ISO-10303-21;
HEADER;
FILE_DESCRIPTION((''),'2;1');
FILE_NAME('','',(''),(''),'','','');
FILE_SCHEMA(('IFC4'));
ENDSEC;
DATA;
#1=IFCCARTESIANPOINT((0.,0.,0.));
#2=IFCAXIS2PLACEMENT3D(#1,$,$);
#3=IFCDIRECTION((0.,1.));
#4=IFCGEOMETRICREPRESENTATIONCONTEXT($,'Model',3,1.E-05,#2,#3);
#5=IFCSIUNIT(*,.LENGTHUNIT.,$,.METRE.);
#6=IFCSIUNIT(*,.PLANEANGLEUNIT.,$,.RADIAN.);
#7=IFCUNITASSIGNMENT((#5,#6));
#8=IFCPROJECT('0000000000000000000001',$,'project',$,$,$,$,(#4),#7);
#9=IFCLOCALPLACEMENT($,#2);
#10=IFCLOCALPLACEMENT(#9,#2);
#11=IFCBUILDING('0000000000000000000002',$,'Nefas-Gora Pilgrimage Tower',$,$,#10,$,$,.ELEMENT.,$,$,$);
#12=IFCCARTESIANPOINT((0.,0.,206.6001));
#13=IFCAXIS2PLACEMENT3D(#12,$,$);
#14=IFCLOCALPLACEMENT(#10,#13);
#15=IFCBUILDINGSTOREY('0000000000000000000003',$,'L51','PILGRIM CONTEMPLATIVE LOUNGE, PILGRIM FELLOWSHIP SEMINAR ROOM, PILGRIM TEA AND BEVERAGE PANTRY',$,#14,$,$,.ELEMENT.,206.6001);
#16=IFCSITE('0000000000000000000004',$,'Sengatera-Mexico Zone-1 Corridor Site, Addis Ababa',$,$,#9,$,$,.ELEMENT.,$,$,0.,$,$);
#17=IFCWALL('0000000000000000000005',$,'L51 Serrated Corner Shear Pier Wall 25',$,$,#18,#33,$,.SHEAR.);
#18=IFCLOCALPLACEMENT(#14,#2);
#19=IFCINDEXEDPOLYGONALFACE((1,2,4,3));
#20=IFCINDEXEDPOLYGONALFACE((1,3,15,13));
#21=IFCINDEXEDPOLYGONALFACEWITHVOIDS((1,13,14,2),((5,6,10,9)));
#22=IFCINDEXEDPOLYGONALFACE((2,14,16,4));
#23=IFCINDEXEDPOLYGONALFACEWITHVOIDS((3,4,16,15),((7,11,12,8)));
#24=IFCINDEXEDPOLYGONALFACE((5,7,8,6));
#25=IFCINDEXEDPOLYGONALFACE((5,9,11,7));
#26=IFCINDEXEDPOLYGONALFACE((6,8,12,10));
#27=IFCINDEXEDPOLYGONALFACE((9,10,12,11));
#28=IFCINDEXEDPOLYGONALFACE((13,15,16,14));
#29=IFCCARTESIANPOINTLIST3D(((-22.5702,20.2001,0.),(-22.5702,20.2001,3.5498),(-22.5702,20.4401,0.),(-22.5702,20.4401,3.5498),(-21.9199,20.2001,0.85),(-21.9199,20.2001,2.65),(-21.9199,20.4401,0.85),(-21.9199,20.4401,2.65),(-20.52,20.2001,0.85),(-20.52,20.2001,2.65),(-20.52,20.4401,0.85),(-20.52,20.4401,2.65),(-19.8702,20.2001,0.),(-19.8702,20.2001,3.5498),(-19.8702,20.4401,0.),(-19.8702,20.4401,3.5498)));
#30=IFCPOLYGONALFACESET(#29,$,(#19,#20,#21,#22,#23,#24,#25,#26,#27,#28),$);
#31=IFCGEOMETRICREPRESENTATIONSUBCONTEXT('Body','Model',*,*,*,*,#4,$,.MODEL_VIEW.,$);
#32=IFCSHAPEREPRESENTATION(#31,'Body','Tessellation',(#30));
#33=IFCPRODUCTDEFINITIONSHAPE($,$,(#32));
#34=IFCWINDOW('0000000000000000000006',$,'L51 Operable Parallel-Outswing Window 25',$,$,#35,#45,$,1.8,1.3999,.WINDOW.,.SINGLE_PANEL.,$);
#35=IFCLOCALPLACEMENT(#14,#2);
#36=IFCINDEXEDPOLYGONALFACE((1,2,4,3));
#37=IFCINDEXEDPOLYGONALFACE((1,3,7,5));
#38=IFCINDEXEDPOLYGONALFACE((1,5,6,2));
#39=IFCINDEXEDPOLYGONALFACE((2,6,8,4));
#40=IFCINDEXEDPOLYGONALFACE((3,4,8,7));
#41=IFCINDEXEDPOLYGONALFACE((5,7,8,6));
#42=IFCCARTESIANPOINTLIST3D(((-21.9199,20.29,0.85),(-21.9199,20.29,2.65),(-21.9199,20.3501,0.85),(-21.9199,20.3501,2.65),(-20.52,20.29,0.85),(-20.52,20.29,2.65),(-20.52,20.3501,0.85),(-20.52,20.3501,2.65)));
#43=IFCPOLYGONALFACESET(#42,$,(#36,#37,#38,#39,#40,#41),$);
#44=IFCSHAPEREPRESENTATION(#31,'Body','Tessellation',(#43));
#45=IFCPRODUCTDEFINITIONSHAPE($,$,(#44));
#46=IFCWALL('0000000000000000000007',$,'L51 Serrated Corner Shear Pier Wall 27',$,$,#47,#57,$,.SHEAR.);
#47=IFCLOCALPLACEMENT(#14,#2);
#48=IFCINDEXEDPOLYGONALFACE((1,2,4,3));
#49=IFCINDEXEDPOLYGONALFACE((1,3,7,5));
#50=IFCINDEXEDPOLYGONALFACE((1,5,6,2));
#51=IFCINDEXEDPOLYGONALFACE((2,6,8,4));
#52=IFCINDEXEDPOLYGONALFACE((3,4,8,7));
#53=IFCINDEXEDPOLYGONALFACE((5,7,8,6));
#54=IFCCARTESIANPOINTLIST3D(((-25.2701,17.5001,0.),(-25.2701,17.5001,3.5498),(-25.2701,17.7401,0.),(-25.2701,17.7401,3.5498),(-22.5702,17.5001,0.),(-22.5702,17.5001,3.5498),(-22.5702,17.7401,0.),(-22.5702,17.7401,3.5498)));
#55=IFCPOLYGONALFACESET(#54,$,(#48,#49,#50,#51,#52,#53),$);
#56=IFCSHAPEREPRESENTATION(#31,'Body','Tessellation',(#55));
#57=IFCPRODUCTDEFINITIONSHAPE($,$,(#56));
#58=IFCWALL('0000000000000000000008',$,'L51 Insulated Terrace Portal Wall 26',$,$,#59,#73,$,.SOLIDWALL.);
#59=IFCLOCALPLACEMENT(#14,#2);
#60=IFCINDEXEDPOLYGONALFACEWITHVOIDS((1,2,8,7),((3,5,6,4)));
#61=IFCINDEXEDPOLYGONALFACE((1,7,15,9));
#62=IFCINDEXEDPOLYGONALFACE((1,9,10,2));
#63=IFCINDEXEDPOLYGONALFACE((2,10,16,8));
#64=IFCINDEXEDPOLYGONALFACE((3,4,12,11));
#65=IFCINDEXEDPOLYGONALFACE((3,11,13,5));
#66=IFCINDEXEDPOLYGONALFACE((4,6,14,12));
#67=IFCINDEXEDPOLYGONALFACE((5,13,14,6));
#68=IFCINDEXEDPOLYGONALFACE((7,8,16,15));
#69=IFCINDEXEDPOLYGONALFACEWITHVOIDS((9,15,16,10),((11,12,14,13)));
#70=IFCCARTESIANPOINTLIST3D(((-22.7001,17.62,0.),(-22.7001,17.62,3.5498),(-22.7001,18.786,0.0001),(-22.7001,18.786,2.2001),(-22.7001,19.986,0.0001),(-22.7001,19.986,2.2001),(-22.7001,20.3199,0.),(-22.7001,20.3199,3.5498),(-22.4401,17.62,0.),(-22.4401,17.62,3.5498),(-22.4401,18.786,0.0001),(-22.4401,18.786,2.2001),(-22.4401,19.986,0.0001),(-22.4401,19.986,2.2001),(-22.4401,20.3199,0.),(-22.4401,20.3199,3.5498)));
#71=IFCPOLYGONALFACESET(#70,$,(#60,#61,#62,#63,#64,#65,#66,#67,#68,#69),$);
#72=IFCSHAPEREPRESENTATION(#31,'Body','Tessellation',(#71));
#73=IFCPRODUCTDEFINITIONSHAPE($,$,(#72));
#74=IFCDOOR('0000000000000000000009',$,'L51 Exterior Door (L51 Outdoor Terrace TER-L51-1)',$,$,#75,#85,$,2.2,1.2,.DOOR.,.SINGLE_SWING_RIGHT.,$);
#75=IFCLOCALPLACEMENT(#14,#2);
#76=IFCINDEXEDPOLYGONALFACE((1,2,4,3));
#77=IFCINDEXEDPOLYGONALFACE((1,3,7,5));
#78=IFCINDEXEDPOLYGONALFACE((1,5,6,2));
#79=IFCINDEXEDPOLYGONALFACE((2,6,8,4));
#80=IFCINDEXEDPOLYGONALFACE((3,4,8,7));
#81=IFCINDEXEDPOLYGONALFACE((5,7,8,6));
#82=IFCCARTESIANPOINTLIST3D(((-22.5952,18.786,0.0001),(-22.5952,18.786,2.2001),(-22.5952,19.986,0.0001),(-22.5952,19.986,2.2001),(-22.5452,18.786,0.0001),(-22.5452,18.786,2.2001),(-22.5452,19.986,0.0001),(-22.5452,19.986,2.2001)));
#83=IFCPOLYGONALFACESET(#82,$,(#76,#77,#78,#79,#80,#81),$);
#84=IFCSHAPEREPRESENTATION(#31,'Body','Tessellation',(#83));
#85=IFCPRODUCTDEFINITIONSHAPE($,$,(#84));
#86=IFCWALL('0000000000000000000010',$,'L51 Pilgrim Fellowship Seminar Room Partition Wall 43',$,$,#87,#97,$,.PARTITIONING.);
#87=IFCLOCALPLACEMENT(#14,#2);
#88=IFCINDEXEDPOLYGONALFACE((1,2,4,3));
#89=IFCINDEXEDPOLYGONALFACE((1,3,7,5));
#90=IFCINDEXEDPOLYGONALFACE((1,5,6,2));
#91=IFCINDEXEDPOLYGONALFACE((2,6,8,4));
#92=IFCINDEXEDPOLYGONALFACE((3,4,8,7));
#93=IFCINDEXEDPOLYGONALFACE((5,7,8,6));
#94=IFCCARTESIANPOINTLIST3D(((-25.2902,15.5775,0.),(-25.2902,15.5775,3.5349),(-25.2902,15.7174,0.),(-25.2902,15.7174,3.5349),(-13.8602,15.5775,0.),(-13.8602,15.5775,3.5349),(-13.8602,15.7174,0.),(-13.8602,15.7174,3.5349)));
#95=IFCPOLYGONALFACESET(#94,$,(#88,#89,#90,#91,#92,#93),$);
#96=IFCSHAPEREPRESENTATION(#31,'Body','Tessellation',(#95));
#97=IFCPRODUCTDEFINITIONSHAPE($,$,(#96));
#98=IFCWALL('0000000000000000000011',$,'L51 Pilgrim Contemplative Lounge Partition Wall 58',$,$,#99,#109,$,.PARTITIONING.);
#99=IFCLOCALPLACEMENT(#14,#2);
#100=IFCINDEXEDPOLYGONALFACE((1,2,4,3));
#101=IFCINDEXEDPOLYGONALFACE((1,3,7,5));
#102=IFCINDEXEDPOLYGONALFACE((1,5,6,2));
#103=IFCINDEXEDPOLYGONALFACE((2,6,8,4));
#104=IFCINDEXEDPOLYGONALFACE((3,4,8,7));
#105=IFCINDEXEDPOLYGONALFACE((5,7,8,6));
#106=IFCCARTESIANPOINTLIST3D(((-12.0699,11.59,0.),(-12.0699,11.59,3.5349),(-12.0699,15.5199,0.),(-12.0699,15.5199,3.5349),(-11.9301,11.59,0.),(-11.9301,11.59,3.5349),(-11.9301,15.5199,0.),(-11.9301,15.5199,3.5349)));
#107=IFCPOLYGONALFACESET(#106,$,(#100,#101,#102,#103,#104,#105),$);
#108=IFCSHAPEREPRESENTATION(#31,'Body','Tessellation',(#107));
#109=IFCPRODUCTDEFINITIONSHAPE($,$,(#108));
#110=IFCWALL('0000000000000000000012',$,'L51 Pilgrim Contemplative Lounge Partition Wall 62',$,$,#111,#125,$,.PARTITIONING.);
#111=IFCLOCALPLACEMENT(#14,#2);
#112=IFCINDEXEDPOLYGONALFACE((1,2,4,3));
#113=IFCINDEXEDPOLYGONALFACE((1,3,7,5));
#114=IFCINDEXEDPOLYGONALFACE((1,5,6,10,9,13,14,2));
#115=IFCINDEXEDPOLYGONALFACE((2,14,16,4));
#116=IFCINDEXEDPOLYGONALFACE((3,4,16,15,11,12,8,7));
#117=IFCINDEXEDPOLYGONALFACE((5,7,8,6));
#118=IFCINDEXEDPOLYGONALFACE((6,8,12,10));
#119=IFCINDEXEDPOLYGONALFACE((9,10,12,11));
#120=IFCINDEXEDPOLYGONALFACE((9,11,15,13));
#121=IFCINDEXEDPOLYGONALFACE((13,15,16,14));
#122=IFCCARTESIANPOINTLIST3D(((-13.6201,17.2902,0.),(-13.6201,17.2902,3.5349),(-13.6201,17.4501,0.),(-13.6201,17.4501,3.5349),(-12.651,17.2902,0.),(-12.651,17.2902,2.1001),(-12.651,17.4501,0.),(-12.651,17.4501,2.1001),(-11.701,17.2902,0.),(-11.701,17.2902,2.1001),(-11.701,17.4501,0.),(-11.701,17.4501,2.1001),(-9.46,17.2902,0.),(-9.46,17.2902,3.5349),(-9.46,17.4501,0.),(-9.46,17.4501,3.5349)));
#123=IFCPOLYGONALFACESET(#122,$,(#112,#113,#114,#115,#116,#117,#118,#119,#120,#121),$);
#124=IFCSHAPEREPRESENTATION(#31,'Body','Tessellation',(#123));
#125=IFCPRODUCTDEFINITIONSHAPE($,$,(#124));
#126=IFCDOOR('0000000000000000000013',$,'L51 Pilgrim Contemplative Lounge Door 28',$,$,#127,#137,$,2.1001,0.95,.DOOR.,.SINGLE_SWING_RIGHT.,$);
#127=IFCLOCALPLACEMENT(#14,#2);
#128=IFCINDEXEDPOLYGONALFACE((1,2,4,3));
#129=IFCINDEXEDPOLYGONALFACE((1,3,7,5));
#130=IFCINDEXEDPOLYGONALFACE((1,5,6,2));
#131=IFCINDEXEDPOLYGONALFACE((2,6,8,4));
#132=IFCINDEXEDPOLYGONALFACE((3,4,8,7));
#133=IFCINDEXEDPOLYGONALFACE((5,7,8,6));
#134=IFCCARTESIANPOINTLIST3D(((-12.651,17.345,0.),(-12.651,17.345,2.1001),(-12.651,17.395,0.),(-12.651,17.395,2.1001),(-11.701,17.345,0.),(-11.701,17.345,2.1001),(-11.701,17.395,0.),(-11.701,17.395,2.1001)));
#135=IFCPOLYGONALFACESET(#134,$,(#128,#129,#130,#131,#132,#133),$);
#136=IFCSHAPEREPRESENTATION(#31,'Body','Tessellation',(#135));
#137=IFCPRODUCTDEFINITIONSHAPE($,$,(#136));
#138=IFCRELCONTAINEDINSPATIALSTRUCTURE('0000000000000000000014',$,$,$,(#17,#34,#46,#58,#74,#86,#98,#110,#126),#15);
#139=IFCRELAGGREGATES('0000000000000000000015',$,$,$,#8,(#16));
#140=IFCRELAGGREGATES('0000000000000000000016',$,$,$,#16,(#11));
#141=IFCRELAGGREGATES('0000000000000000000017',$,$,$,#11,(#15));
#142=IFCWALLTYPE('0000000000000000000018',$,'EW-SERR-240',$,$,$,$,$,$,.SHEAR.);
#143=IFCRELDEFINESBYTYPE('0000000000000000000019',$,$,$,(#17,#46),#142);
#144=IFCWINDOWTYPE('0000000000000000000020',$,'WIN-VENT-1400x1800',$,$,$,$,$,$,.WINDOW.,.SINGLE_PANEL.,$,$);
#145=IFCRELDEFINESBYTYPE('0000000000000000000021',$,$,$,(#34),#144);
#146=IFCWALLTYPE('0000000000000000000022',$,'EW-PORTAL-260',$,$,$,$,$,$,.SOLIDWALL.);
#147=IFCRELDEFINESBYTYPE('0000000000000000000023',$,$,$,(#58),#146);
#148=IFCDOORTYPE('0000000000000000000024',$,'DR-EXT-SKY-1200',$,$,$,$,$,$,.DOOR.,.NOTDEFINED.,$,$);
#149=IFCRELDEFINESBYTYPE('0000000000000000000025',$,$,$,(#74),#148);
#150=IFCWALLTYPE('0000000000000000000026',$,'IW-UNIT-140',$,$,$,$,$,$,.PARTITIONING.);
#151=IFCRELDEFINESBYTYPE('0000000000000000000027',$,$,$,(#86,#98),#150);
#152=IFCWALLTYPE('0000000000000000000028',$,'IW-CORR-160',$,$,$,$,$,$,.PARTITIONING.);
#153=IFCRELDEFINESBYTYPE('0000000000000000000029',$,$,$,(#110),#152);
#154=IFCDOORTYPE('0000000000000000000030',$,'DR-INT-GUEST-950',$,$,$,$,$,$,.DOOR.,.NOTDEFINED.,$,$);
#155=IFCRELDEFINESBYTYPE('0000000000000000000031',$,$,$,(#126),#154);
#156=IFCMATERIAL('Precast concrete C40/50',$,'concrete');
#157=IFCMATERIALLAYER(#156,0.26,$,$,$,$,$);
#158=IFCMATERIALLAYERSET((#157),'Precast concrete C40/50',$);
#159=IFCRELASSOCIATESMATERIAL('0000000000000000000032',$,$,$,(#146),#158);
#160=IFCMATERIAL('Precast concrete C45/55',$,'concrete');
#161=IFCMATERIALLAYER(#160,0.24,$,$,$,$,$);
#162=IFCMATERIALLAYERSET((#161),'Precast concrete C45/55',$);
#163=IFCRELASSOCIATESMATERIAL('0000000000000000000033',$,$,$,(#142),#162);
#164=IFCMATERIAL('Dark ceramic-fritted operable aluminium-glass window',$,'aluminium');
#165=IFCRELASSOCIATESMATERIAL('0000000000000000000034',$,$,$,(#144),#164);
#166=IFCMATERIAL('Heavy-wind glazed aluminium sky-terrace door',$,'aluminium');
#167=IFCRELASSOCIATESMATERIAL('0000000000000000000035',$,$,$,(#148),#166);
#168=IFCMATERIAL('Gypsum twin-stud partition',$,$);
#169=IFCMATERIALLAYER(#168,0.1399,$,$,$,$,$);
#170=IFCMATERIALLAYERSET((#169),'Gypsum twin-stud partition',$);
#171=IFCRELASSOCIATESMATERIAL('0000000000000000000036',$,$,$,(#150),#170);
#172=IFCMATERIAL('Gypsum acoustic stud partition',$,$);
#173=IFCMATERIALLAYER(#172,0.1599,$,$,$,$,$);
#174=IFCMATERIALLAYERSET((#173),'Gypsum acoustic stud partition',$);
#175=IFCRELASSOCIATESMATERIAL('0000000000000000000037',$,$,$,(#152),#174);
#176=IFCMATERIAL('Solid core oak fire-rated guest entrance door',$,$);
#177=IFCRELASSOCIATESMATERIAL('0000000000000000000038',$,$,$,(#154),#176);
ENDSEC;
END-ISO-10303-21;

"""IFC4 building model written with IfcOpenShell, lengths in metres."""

from ifc_helpers import new_model, si_unit, direction, frame, frame_2d, origin, place, context, subcontext, project, spatial, rectangle, extrude, source, transform, mapped, material, layer, layer_set, type_object, element, fill, save


model = new_model("IFC4")

# Units and contexts
model_context = context("Model", 3, precision=1e-05, world=origin(), true_north=direction((0.0, 1.0)))
body_context = subcontext(model_context, "Body", "Model", "MODEL_VIEW")
ifc_project = project(units=[si_unit("LENGTHUNIT", "METRE"), si_unit("PLANEANGLEUNIT", "RADIAN")], contexts=[model_context])

# Site, building, storey
site_placement = place(None, origin())
site = spatial("IfcSite", under=ifc_project, at=site_placement, Name="Sengatera-Mexico Zone-1 Corridor Site, Addis Ababa", CompositionType="ELEMENT", RefElevation=0.0)
building_placement = place(site_placement, origin())
building = spatial("IfcBuilding", under=site, at=building_placement, Name="Nefas-Gora Pilgrimage Tower", CompositionType="ELEMENT")
storey_placement = place(building_placement, frame((0.0, 0.0, 206.6001)))
storey = spatial("IfcBuildingStorey", under=building, at=storey_placement, Name="L51", Description="PILGRIM CONTEMPLATIVE LOUNGE, PILGRIM FELLOWSHIP SEMINAR ROOM, PILGRIM TEA AND BEVERAGE PANTRY", CompositionType="ELEMENT", Elevation=206.6001)

# Shared definitions
ifc_material_1 = material(Name="Precast concrete C40/50", Category="concrete")
ifc_layer_1 = layer(ifc_material_1, 0.26)
ifc_layer_set_1 = layer_set([ifc_layer_1], Name="Precast concrete C40/50")
wall_type_1 = type_object("IfcWallType", Name="EW-PORTAL-260", PredefinedType="SOLIDWALL", material=ifc_layer_set_1)
ifc_material_2 = material(Name="Precast concrete C45/55", Category="concrete")
ifc_layer_2 = layer(ifc_material_2, 0.24)
ifc_layer_set_2 = layer_set([ifc_layer_2], Name="Precast concrete C45/55")
wall_type_2 = type_object("IfcWallType", Name="EW-SERR-240", PredefinedType="SHEAR", material=ifc_layer_set_2)
shared_shape_1 = source(origin(), body_context, "Body", "SweptSolid", [
    extrude(rectangle(XDim=2.7, YDim=0.24, at=frame_2d((1.3501, 0.0))), origin(), (0.0, 0.0, 1.0), 3.5498),
])

# Wall, opening, window
wall_1_placement = place(storey_placement, frame((-19.8701, 20.3201, 0.0), z_axis=(0.0, 0.0, 1.0), x_axis=(-1.0, 0.0, 0.0)))
wall_1 = element("IfcWall", 1, at=wall_1_placement, inside=storey, type_object=wall_type_2, Name="L51 Serrated Corner Shear Pier Wall 25", PredefinedType="SHEAR", context=body_context, shape_type="MappedRepresentation", body=[
    mapped(shared_shape_1, transform((0.0, 0.0, 0.0), x_axis=(1.0, 0.0, 0.0), y_axis=(0.0, 1.0, 0.0), z_axis=(0.0, 0.0, 1.0), scale=1.0)),
])
opening_1_placement = place(wall_1_placement, frame((0.6499, 0.0, 0.8501)))
opening_1 = element("IfcOpeningElement", 2, at=opening_1_placement, cuts=wall_1, PredefinedType="OPENING", context=body_context, shape_type="SweptSolid", body=[
    extrude(rectangle(XDim=1.3999, YDim=1.8, at=frame_2d((0.7, 0.8999))), frame((0.0, 0.1299, 0.0), z_axis=(0.0, -1.0, 0.0), x_axis=(1.0, 0.0, 0.0)), (0.0, 0.0, 1.0), 0.26),
])
ifc_material_3 = material(Name="Dark ceramic-fritted operable aluminium-glass window", Category="aluminium")
window_type = type_object("IfcWindowType", Name="WIN-VENT-1400x1800", PartitioningType="SINGLE_PANEL", PredefinedType="WINDOW", material=ifc_material_3)
shared_shape_2 = source(origin(), body_context, "Body", "SweptSolid", [
    extrude(rectangle(XDim=1.3999, YDim=1.8, at=frame_2d((0.7, 0.8999))), frame((0.0, 0.03, 0.0), z_axis=(0.0, -1.0, 0.0), x_axis=(1.0, 0.0, 0.0)), (0.0, 0.0, 1.0), 0.0601),
])
window_placement = place(opening_1_placement, origin())
window = element("IfcWindow", 3, at=window_placement, inside=storey, type_object=window_type, Name="L51 Operable Parallel-Outswing Window 25", OverallHeight=1.8, OverallWidth=1.3999, PartitioningType="SINGLE_PANEL", PredefinedType="WINDOW", context=body_context, shape_type="MappedRepresentation", body=[
    mapped(shared_shape_2, transform((0.0, 0.0, 0.0), x_axis=(1.0, 0.0, 0.0), y_axis=(0.0, 1.0, 0.0), z_axis=(0.0, 0.0, 1.0), scale=1.0)),
])
fill(opening_1, window)

# Wall
wall_2_placement = place(storey_placement, frame((-22.5701, 17.6201, 0.0), z_axis=(0.0, 0.0, 1.0), x_axis=(-1.0, 0.0, 0.0)))
element("IfcWall", 4, at=wall_2_placement, inside=storey, type_object=wall_type_2, Name="L51 Serrated Corner Shear Pier Wall 27", PredefinedType="SHEAR", context=body_context, shape_type="MappedRepresentation", body=[
    mapped(shared_shape_1, transform((0.0, 0.0, 0.0), x_axis=(1.0, 0.0, 0.0), y_axis=(0.0, 1.0, 0.0), z_axis=(0.0, 0.0, 1.0), scale=1.0)),
])

# Wall, opening, door
shared_shape_3 = source(origin(), body_context, "Body", "SweptSolid", [
    extrude(rectangle(XDim=2.7, YDim=0.26, at=frame_2d((1.3501, 0.0))), origin(), (0.0, 0.0, 1.0), 3.5498),
])
wall_3_placement = place(storey_placement, frame((-22.5701, 20.3201, 0.0), z_axis=(0.0, 0.0, 1.0), x_axis=(0.0, -1.0, 0.0)))
wall_3 = element("IfcWall", 5, at=wall_3_placement, inside=storey, type_object=wall_type_1, Name="L51 Insulated Terrace Portal Wall 26", PredefinedType="SOLIDWALL", context=body_context, shape_type="MappedRepresentation", body=[
    mapped(shared_shape_3, transform((0.0, 0.0, 0.0), x_axis=(1.0, 0.0, 0.0), y_axis=(0.0, 1.0, 0.0), z_axis=(0.0, 0.0, 1.0), scale=1.0)),
])
opening_2_placement = place(wall_3_placement, frame((0.334, 0.0, 0.0)))
opening_2 = element("IfcOpeningElement", 6, at=opening_2_placement, cuts=wall_3, PredefinedType="OPENING", context=body_context, shape_type="SweptSolid", body=[
    extrude(rectangle(XDim=1.2, YDim=2.2, at=frame_2d((0.6001, 1.1001))), frame((0.0, 0.1399, 0.0), z_axis=(0.0, -1.0, 0.0), x_axis=(1.0, 0.0, 0.0)), (0.0, 0.0, 1.0), 0.28),
])
ifc_material_4 = material(Name="Heavy-wind glazed aluminium sky-terrace door", Category="aluminium")
door_type_1 = type_object("IfcDoorType", Name="DR-EXT-SKY-1200", OperationType="NOTDEFINED", PredefinedType="DOOR", material=ifc_material_4)
shared_shape_4 = source(origin(), body_context, "Body", "SweptSolid", [
    extrude(rectangle(XDim=1.2, YDim=2.2, at=frame_2d((0.6001, 1.1001))), frame((0.0, 0.0249, 0.0), z_axis=(0.0, -1.0, 0.0), x_axis=(1.0, 0.0, 0.0)), (0.0, 0.0, 1.0), 0.05),
])
door_1_placement = place(opening_2_placement, origin())
door_1 = element("IfcDoor", 7, at=door_1_placement, inside=storey, type_object=door_type_1, Name="L51 Exterior Door (L51 Outdoor Terrace TER-L51-1)", OperationType="SINGLE_SWING_RIGHT", OverallHeight=2.2, OverallWidth=1.2, PredefinedType="DOOR", context=body_context, shape_type="MappedRepresentation", body=[
    mapped(shared_shape_4, transform((0.0, 0.0, 0.0), x_axis=(1.0, 0.0, 0.0), y_axis=(0.0, 1.0, 0.0), z_axis=(0.0, 0.0, 1.0), scale=1.0)),
])
fill(opening_2, door_1)

# Walls
ifc_material_5 = material(Name="Gypsum twin-stud partition")
ifc_layer_3 = layer(ifc_material_5, 0.1399)
ifc_layer_set_3 = layer_set([ifc_layer_3], Name="Gypsum twin-stud partition")
wall_type_3 = type_object("IfcWallType", Name="IW-UNIT-140", PredefinedType="PARTITIONING", material=ifc_layer_set_3)
shared_shape_5 = source(origin(), body_context, "Body", "SweptSolid", [
    extrude(rectangle(XDim=11.4299, YDim=0.1399, at=frame_2d((5.7148, 0.0))), origin(), (0.0, 0.0, 1.0), 3.5349),
])
wall_4_placement = place(storey_placement, frame((-25.29, 15.6475, 0.0), z_axis=(0.0, 0.0, 1.0), x_axis=(1.0, 0.0, 0.0)))
element("IfcWall", 8, at=wall_4_placement, inside=storey, type_object=wall_type_3, Name="L51 Pilgrim Fellowship Seminar Room Partition Wall 43", PredefinedType="PARTITIONING", context=body_context, shape_type="MappedRepresentation", body=[
    mapped(shared_shape_5, transform((0.0, 0.0, 0.0), x_axis=(1.0, 0.0, 0.0), y_axis=(0.0, 1.0, 0.0), z_axis=(0.0, 0.0, 1.0), scale=1.0)),
])
shared_shape_6 = source(origin(), body_context, "Body", "SweptSolid", [
    extrude(rectangle(XDim=3.9299, YDim=0.1399, at=frame_2d((1.9648, 0.0))), origin(), (0.0, 0.0, 1.0), 3.5349),
])
wall_5_placement = place(storey_placement, frame((-12.0, 11.5901, 0.0), z_axis=(0.0, 0.0, 1.0), x_axis=(0.0, 1.0, 0.0)))
element("IfcWall", 9, at=wall_5_placement, inside=storey, type_object=wall_type_3, Name="L51 Pilgrim Contemplative Lounge Partition Wall 58", PredefinedType="PARTITIONING", context=body_context, shape_type="MappedRepresentation", body=[
    mapped(shared_shape_6, transform((0.0, 0.0, 0.0), x_axis=(1.0, 0.0, 0.0), y_axis=(0.0, 1.0, 0.0), z_axis=(0.0, 0.0, 1.0), scale=1.0)),
])

# Wall, opening, door
ifc_material_6 = material(Name="Gypsum acoustic stud partition")
ifc_layer_4 = layer(ifc_material_6, 0.1599)
ifc_layer_set_4 = layer_set([ifc_layer_4], Name="Gypsum acoustic stud partition")
wall_type_4 = type_object("IfcWallType", Name="IW-CORR-160", PredefinedType="PARTITIONING", material=ifc_layer_set_4)
shared_shape_7 = source(origin(), body_context, "Body", "SweptSolid", [
    extrude(rectangle(XDim=4.1602, YDim=0.1599, at=frame_2d((2.0801, 0.0))), origin(), (0.0, 0.0, 1.0), 3.5349),
])
wall_6_placement = place(storey_placement, frame((-13.6201, 17.3701, 0.0), z_axis=(0.0, 0.0, 1.0), x_axis=(1.0, 0.0, 0.0)))
wall_6 = element("IfcWall", 10, at=wall_6_placement, inside=storey, type_object=wall_type_4, Name="L51 Pilgrim Contemplative Lounge Partition Wall 62", PredefinedType="PARTITIONING", context=body_context, shape_type="MappedRepresentation", body=[
    mapped(shared_shape_7, transform((0.0, 0.0, 0.0), x_axis=(1.0, 0.0, 0.0), y_axis=(0.0, 1.0, 0.0), z_axis=(0.0, 0.0, 1.0), scale=1.0)),
])
opening_3_placement = place(wall_6_placement, frame((0.969, 0.0, 0.0)))
opening_3 = element("IfcOpeningElement", 11, at=opening_3_placement, cuts=wall_6, PredefinedType="OPENING", context=body_context, shape_type="SweptSolid", body=[
    extrude(rectangle(XDim=0.95, YDim=2.1001, at=frame_2d((0.4751, 1.05))), frame((0.0, 0.0898, 0.0), z_axis=(0.0, -1.0, 0.0), x_axis=(1.0, 0.0, 0.0)), (0.0, 0.0, 1.0), 0.1799),
])
ifc_material_7 = material(Name="Solid core oak fire-rated guest entrance door")
door_type_2 = type_object("IfcDoorType", Name="DR-INT-GUEST-950", OperationType="NOTDEFINED", PredefinedType="DOOR", material=ifc_material_7)
shared_shape_8 = source(origin(), body_context, "Body", "SweptSolid", [
    extrude(rectangle(XDim=0.95, YDim=2.1001, at=frame_2d((0.4751, 1.05))), frame((0.0, 0.0249, 0.0), z_axis=(0.0, -1.0, 0.0), x_axis=(1.0, 0.0, 0.0)), (0.0, 0.0, 1.0), 0.05),
])
door_2_placement = place(opening_3_placement, origin())
door_2 = element("IfcDoor", 12, at=door_2_placement, inside=storey, type_object=door_type_2, Name="L51 Pilgrim Contemplative Lounge Door 28", OperationType="SINGLE_SWING_RIGHT", OverallHeight=2.1001, OverallWidth=0.95, PredefinedType="DOOR", context=body_context, shape_type="MappedRepresentation", body=[
    mapped(shared_shape_8, transform((0.0, 0.0, 0.0), x_axis=(1.0, 0.0, 0.0), y_axis=(0.0, 1.0, 0.0), z_axis=(0.0, 0.0, 1.0), scale=1.0)),
])
fill(opening_3, door_2)

save(model, "model.ifc")
